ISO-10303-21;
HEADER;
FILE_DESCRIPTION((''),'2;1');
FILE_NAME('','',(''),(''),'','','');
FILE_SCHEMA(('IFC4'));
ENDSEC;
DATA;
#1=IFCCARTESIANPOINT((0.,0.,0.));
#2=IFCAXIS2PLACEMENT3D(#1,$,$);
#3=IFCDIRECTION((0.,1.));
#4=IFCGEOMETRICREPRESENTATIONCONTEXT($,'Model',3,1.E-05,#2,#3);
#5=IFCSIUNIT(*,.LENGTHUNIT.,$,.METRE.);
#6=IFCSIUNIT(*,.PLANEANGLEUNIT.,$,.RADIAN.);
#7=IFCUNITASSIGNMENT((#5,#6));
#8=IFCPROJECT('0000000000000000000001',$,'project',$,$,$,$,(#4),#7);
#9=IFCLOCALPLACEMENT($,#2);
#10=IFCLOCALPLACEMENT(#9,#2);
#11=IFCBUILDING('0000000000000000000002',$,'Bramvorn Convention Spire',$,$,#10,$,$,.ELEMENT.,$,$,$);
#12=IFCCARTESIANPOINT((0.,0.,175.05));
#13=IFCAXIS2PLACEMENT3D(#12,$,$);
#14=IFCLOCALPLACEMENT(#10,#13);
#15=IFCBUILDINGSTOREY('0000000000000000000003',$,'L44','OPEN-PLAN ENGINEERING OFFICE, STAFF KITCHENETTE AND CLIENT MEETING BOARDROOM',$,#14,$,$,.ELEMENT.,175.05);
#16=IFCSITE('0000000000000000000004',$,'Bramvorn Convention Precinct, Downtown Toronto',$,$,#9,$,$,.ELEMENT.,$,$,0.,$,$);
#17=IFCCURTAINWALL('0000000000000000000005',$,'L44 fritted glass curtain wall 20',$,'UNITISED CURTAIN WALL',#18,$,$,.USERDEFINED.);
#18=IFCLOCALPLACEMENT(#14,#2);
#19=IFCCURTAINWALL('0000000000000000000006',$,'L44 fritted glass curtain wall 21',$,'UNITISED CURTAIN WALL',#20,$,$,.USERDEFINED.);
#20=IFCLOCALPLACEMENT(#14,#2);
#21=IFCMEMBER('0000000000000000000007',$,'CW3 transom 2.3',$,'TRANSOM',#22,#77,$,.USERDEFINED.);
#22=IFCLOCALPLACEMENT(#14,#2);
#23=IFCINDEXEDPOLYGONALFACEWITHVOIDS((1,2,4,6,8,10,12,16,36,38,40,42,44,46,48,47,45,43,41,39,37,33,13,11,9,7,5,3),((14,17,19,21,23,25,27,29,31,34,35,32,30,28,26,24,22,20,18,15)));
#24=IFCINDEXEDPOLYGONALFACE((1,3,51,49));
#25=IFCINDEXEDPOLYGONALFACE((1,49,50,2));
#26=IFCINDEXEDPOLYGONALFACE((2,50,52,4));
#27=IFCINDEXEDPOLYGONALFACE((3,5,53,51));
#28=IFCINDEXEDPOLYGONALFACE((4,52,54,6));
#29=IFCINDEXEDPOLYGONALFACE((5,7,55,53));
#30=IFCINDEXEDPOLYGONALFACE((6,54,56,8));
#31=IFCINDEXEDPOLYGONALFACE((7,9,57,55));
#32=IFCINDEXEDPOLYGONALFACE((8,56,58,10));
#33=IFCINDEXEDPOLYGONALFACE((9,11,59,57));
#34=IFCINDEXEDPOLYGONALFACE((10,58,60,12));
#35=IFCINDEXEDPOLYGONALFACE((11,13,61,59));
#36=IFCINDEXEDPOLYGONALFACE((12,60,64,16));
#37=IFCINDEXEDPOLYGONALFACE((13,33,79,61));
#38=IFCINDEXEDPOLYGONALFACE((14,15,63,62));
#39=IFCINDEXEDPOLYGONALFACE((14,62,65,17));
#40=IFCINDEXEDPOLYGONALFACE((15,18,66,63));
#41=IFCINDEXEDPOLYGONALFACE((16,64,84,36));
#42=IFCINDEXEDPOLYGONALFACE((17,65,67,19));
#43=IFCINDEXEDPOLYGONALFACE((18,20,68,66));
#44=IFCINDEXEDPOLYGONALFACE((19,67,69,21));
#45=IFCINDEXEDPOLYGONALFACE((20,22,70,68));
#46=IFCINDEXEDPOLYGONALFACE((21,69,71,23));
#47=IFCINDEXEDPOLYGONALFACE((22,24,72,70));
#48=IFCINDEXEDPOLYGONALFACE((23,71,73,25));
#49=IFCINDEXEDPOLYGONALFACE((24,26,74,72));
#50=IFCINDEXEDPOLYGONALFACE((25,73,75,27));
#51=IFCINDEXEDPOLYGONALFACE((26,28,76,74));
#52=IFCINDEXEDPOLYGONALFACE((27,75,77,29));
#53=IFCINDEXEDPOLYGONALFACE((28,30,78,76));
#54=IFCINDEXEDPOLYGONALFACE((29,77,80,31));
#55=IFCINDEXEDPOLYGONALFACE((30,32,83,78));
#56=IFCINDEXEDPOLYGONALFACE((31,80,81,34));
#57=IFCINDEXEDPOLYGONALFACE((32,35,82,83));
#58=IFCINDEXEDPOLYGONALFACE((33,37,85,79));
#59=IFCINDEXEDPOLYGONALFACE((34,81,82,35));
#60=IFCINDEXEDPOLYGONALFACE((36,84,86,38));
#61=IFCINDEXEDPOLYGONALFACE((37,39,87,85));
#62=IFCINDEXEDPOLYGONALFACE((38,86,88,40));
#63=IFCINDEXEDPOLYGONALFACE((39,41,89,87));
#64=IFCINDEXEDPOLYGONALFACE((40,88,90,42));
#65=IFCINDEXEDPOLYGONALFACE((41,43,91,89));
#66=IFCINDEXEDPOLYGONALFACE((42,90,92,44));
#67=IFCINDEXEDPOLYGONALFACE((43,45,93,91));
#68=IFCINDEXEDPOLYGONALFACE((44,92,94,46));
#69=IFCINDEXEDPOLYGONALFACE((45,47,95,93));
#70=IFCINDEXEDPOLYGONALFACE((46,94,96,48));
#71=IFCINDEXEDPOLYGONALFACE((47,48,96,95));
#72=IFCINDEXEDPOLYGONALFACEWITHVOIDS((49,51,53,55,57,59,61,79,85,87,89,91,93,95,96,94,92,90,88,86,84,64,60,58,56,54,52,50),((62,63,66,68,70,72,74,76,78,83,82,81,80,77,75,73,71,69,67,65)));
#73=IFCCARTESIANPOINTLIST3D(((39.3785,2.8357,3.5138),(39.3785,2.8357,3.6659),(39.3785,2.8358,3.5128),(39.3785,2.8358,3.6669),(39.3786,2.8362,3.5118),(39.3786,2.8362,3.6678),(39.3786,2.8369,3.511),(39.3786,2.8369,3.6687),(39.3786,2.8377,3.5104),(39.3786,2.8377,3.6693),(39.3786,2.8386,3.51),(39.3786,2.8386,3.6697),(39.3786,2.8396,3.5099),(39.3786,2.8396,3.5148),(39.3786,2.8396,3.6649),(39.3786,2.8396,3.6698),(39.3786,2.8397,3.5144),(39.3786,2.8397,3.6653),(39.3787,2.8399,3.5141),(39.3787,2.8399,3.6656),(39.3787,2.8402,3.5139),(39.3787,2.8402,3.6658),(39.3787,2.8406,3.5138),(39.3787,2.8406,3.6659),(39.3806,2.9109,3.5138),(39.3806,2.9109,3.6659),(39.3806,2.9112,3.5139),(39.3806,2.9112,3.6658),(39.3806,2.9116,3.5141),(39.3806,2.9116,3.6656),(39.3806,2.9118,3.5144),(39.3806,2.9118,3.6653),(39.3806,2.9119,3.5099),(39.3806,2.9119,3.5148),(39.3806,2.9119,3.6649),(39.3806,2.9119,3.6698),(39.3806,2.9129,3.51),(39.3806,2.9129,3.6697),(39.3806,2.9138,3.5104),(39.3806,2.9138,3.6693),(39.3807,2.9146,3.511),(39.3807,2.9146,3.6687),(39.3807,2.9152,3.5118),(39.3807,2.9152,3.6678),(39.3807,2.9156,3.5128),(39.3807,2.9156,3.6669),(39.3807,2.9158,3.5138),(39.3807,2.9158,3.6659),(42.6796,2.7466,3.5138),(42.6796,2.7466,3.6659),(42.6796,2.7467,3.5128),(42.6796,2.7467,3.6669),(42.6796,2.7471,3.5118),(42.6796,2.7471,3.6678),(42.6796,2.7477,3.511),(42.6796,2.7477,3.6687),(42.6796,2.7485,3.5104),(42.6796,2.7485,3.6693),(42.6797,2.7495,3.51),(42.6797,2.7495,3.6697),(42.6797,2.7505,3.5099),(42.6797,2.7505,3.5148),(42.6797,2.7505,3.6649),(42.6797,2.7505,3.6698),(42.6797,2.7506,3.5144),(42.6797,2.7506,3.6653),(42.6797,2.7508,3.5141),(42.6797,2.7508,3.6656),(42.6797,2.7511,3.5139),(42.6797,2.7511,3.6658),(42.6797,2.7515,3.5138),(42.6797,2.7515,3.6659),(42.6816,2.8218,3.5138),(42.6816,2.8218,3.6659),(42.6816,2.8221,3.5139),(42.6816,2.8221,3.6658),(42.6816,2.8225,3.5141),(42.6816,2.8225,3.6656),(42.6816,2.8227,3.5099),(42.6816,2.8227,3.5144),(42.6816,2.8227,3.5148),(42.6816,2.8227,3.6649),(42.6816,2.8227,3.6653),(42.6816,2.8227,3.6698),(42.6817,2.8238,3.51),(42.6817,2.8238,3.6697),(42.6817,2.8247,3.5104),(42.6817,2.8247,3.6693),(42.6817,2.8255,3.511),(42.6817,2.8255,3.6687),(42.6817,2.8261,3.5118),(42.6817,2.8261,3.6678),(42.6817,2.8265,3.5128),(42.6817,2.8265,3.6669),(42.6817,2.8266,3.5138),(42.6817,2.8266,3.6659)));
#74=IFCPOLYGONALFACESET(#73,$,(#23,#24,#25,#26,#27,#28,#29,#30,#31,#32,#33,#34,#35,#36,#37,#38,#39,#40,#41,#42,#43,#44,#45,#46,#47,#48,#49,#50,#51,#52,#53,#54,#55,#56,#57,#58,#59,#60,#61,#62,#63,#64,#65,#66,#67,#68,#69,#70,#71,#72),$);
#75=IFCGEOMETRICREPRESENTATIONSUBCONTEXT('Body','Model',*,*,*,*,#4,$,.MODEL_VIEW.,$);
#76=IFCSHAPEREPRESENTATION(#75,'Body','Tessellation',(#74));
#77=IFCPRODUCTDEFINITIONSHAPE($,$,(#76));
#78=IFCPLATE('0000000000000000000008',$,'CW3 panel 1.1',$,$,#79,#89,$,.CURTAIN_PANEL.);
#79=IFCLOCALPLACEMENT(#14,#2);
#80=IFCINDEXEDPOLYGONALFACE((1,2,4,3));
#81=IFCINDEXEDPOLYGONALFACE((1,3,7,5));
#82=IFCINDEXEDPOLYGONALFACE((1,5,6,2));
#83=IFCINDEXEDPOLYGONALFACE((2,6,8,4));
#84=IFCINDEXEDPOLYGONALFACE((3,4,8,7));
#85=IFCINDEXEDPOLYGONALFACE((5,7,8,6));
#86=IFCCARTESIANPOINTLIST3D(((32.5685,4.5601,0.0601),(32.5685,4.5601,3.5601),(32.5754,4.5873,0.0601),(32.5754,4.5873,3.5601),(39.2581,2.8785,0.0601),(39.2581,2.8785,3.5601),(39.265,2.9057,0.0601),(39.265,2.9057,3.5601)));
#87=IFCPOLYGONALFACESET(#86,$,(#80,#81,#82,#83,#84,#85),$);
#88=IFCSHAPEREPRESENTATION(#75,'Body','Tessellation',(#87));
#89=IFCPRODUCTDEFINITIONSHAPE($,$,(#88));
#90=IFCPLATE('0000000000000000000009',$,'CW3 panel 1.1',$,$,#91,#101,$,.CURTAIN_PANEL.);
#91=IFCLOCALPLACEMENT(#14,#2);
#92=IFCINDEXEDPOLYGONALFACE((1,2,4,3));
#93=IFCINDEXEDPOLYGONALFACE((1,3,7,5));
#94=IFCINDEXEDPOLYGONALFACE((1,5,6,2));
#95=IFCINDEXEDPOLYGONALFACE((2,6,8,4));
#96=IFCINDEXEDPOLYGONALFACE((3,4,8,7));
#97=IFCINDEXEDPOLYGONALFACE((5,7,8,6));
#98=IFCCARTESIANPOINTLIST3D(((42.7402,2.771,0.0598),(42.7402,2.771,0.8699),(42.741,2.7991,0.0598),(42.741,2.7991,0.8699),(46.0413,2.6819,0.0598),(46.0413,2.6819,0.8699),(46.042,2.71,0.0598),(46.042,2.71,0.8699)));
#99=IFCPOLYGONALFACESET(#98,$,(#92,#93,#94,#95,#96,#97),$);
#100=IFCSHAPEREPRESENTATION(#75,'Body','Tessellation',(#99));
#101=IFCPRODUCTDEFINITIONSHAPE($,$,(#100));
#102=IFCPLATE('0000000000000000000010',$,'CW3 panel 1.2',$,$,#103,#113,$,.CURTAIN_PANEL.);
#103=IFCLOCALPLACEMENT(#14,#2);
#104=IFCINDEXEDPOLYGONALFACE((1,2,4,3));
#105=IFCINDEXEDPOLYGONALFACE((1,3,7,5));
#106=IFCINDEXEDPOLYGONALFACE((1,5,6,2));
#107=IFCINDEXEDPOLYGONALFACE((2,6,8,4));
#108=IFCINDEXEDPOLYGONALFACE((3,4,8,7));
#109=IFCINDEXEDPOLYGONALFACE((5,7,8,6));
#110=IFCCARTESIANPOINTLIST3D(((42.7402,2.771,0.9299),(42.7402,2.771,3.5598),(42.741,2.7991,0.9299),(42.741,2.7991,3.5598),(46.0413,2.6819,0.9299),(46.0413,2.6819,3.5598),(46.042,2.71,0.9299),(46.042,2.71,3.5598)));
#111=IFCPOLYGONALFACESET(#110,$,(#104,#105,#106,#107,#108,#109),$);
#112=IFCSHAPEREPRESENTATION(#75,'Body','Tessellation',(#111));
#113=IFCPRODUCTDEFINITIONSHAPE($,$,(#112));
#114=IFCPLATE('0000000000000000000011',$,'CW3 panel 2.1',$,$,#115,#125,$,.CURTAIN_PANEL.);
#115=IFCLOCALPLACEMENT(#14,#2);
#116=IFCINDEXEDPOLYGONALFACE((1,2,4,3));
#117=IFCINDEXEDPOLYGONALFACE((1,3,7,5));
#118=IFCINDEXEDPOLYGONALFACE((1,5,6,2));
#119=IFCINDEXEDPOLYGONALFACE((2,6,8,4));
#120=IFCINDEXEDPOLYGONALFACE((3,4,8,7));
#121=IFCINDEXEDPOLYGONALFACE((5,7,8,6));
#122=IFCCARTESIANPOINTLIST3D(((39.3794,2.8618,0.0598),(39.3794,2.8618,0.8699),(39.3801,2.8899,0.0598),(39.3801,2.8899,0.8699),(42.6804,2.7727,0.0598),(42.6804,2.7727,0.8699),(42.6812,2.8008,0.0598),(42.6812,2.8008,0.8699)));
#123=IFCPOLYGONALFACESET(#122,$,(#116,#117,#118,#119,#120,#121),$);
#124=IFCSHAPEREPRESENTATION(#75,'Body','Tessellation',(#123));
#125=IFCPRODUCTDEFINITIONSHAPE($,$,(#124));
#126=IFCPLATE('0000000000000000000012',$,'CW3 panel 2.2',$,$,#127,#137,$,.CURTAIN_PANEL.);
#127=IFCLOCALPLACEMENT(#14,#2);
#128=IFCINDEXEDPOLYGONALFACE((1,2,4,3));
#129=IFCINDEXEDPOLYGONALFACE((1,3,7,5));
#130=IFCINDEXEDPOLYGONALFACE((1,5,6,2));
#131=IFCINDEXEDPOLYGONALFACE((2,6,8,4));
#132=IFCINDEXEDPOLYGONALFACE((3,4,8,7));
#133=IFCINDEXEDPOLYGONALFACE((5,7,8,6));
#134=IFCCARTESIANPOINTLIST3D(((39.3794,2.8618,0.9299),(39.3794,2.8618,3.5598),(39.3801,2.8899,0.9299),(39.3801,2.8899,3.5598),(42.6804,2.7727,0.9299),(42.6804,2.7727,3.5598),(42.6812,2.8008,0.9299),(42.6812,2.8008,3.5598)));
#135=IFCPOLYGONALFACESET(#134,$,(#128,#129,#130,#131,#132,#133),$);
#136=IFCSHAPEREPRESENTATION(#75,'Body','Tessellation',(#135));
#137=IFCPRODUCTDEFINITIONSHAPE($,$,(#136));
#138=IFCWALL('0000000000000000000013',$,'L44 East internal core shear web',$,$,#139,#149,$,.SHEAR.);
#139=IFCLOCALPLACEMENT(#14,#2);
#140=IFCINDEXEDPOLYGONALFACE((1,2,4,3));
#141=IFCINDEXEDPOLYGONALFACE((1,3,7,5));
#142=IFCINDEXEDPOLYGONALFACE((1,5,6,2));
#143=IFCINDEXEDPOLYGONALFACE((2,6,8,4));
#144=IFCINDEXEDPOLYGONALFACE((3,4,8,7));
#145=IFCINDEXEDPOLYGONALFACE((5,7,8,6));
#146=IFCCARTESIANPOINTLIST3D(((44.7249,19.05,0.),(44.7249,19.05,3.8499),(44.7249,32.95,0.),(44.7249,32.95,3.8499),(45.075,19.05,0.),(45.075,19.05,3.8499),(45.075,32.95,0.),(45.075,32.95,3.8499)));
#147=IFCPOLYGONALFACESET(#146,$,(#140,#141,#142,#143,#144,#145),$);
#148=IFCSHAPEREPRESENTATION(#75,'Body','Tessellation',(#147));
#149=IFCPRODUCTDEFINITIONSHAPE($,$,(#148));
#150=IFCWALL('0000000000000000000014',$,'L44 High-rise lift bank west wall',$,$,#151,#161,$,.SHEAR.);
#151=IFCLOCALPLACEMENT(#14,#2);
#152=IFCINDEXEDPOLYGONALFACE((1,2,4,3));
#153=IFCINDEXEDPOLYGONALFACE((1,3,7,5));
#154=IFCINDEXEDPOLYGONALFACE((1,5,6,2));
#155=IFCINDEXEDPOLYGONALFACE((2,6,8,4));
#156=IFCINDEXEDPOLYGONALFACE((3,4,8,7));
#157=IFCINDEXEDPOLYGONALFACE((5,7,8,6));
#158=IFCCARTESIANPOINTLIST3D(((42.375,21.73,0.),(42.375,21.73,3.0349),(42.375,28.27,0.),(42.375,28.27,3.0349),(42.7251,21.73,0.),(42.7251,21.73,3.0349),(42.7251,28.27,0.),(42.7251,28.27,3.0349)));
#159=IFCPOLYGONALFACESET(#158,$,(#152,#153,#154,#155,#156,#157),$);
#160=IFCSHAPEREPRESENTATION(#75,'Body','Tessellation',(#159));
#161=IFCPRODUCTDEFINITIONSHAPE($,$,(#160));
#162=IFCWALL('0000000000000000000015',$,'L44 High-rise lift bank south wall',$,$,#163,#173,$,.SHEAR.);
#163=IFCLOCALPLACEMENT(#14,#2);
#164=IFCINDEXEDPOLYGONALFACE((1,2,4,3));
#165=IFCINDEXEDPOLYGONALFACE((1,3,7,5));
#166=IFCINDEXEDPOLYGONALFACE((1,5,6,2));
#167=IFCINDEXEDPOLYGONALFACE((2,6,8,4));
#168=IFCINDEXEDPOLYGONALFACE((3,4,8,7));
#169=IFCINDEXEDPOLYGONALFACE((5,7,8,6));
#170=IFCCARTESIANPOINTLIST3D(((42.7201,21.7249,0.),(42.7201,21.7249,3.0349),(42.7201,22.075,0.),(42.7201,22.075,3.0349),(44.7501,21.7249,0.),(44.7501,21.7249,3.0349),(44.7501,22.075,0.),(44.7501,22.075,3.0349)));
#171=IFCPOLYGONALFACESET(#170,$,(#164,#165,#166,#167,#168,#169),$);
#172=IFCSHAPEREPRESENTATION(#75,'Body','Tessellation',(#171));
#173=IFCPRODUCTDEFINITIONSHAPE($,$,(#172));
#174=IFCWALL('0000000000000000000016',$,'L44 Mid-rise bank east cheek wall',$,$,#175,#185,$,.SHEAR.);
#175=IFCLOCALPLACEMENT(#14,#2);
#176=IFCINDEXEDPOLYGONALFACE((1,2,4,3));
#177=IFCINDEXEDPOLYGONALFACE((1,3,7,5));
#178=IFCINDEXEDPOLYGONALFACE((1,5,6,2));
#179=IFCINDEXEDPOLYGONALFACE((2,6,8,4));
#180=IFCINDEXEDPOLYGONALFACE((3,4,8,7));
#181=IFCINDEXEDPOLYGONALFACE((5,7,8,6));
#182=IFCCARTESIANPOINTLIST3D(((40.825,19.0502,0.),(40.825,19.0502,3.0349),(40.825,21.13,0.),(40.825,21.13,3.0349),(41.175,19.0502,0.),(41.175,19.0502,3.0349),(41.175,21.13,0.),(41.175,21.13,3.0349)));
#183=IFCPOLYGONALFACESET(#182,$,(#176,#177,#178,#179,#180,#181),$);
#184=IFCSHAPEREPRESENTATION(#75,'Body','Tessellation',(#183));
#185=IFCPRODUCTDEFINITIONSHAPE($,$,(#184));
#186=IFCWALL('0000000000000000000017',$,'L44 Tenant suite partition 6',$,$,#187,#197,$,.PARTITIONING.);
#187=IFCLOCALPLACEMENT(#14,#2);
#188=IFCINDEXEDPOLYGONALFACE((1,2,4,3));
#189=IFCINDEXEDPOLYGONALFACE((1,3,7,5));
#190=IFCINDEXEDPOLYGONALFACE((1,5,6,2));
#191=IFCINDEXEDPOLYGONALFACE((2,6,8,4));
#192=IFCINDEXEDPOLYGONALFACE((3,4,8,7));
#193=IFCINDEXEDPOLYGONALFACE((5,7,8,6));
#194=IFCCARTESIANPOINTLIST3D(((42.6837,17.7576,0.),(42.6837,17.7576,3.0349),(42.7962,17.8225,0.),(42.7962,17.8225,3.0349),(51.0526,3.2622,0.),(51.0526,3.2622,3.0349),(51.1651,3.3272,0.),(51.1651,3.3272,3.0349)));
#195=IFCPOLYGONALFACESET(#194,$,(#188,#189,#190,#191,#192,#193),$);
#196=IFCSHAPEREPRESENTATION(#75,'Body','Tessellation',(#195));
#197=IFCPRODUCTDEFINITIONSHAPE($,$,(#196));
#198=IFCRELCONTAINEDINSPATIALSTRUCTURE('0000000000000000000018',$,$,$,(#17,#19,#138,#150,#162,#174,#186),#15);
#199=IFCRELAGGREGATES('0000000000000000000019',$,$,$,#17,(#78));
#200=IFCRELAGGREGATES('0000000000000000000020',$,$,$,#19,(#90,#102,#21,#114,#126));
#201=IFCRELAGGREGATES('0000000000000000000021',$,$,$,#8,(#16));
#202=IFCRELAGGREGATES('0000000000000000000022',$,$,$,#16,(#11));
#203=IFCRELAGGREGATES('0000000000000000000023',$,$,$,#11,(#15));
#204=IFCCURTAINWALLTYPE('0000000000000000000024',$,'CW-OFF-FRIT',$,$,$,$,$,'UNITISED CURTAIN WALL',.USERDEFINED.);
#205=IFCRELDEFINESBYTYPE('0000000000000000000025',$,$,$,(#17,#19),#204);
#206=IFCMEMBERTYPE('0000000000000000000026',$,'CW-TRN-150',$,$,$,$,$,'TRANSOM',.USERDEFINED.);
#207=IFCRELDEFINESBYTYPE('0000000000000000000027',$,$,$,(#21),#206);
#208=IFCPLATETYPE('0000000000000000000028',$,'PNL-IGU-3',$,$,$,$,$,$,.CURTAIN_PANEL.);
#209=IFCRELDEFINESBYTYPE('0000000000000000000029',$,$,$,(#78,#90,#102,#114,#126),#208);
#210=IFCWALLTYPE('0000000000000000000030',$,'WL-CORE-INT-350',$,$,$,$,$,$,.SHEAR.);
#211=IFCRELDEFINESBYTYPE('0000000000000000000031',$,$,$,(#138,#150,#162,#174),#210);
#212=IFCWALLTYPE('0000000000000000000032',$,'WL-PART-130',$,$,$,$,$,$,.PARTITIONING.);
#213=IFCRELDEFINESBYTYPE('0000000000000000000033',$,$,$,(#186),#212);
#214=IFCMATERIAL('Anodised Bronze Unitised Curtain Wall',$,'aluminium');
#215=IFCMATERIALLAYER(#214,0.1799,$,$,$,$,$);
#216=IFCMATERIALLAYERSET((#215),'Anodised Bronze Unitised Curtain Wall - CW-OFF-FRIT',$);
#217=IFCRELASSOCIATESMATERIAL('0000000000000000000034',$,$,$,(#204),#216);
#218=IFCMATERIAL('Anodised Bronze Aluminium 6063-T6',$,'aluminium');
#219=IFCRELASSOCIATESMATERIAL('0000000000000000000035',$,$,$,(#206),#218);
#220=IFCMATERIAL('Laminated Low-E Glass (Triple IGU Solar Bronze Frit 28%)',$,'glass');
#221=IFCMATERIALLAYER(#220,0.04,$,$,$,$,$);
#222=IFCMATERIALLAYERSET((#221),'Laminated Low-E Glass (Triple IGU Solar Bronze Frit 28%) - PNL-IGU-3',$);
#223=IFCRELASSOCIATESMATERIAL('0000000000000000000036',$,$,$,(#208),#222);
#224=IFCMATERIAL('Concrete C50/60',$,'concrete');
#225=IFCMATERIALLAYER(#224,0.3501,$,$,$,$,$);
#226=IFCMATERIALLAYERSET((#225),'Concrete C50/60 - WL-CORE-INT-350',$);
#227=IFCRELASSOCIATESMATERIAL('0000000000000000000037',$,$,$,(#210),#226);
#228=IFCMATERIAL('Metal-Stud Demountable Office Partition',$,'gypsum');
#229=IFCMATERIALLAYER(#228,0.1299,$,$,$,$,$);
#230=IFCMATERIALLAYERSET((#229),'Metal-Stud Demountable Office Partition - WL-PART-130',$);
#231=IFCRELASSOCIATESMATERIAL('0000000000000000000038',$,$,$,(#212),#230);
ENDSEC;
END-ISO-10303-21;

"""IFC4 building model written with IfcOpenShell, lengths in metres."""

from ifc_helpers import new_model, si_unit, direction, frame, frame_2d, origin, origin_2d, place, context, subcontext, project, spatial, rectangle, hollow_rectangle, extrude, material, layer, layer_set, material_profile, profile_set, type_object, element, aggregate, save


model = new_model("IFC4")

# Units and contexts
model_context = context("Model", 3, precision=1e-05, world=origin(), true_north=direction((0.0, 1.0)))
body_context = subcontext(model_context, "Body", "Model", "MODEL_VIEW")
ifc_project = project(units=[si_unit("LENGTHUNIT", "METRE"), si_unit("PLANEANGLEUNIT", "RADIAN")], contexts=[model_context])

# Site, building, storey
site_placement = place(None, origin())
site = spatial("IfcSite", under=ifc_project, at=site_placement, Name="Bramvorn Convention Precinct, Downtown Toronto", CompositionType="ELEMENT", RefElevation=0.0)
building_placement = place(site_placement, origin())
building = spatial("IfcBuilding", under=site, at=building_placement, Name="Bramvorn Convention Spire", CompositionType="ELEMENT")
storey_placement = place(building_placement, frame((0.0, 0.0, 175.05)))
storey = spatial("IfcBuildingStorey", under=building, at=storey_placement, Name="L44", Description="OPEN-PLAN ENGINEERING OFFICE, STAFF KITCHENETTE AND CLIENT MEETING BOARDROOM", CompositionType="ELEMENT", Elevation=175.05)

# Curtain wall
ifc_material_1 = material(Name="Anodised Bronze Unitised Curtain Wall", Category="aluminium")
ifc_layer_1 = layer(ifc_material_1, 0.1799)
ifc_layer_set_1 = layer_set([ifc_layer_1], Name="Anodised Bronze Unitised Curtain Wall - CW-OFF-FRIT")
curtain_wall_type = type_object("IfcCurtainWallType", Name="CW-OFF-FRIT", ElementType="UNITISED CURTAIN WALL", PredefinedType="USERDEFINED", material=ifc_layer_set_1)
curtain_wall_1_placement = place(storey_placement, origin())
curtain_wall_1 = element("IfcCurtainWall", 1, at=curtain_wall_1_placement, inside=storey, type_object=curtain_wall_type, Name="L44 fritted glass curtain wall 20", ObjectType="UNITISED CURTAIN WALL", PredefinedType="USERDEFINED")
ifc_material_2 = material(Name="Anodised Bronze Aluminium 6063-T6", Category="aluminium")

# Curtain wall
curtain_wall_2_placement = place(storey_placement, origin())
curtain_wall_2 = element("IfcCurtainWall", 2, at=curtain_wall_2_placement, inside=storey, type_object=curtain_wall_type, Name="L44 fritted glass curtain wall 21", ObjectType="UNITISED CURTAIN WALL", PredefinedType="USERDEFINED")

# Member
ifc_material_profile_1 = material_profile(ifc_material_2, hollow_rectangle(XDim=0.0801, YDim=0.1599, WallThickness=0.0039, InnerFilletRadius=0.001, OuterFilletRadius=0.0039, at=origin_2d()))
ifc_profile_set_1 = profile_set([ifc_material_profile_1], Name="Anodised Bronze Aluminium 6063-T6 - CWT80X160")
member_type_1 = type_object("IfcMemberType", Name="CW-TRN-150", ElementType="TRANSOM", PredefinedType="USERDEFINED", material=ifc_profile_set_1)
member_1_placement = place(storey_placement, frame((42.6807, 2.7866, 3.5898), z_axis=(-0.999636, 0.026985, 0.0), x_axis=(-0.026985, -0.999636, 0.0)))
member_1 = element("IfcMember", 3, at=member_1_placement, type_object=member_type_1, Name="CW3 transom 2.3", ObjectType="TRANSOM", PredefinedType="USERDEFINED", context=body_context, shape_type="SweptSolid", body=[
    extrude(hollow_rectangle(XDim=0.0801, YDim=0.1599, WallThickness=0.0039, InnerFilletRadius=0.001, OuterFilletRadius=0.0039, at=origin_2d()), origin(), (0.0, 0.0, 1.0), 3.3022),
])

# Plates
ifc_material_3 = material(Name="Laminated Low-E Glass (Triple IGU Solar Bronze Frit 28%)", Category="glass")
ifc_layer_2 = layer(ifc_material_3, 0.04)
ifc_layer_set_2 = layer_set([ifc_layer_2], Name="Laminated Low-E Glass (Triple IGU Solar Bronze Frit 28%) - PNL-IGU-3")
plate_type = type_object("IfcPlateType", Name="PNL-IGU-3", PredefinedType="CURTAIN_PANEL", material=ifc_layer_set_2)
plate_1_placement = place(storey_placement, frame((35.9167, 3.7329, 0.0601), z_axis=(0.0, 0.0, 1.0), x_axis=(-0.969829, 0.243786, 0.0)))
plate_1 = element("IfcPlate", 4, at=plate_1_placement, type_object=plate_type, Name="CW3 panel 1.1", PredefinedType="CURTAIN_PANEL", context=body_context, shape_type="SweptSolid", body=[
    extrude(rectangle(XDim=6.8977, YDim=0.0281, at=origin_2d()), origin(), (0.0, 0.0, 1.0), 3.5),
])
aggregate(curtain_wall_1, [plate_1])
plate_2_placement = place(storey_placement, frame((44.3911, 2.7405, 0.0598), z_axis=(0.0, 0.0, 1.0), x_axis=(-0.999636, 0.026988, 0.0)))
plate_2 = element("IfcPlate", 5, at=plate_2_placement, type_object=plate_type, Name="CW3 panel 1.1", PredefinedType="CURTAIN_PANEL", context=body_context, shape_type="SweptSolid", body=[
    extrude(rectangle(XDim=3.3022, YDim=0.0281, at=origin_2d()), origin(), (0.0, 0.0, 1.0), 0.8101),
])
plate_3_placement = place(storey_placement, frame((44.3911, 2.7405, 0.9299), z_axis=(0.0, 0.0, 1.0), x_axis=(-0.999636, 0.026988, 0.0)))
plate_3 = element("IfcPlate", 6, at=plate_3_placement, type_object=plate_type, Name="CW3 panel 1.2", PredefinedType="CURTAIN_PANEL", context=body_context, shape_type="SweptSolid", body=[
    extrude(rectangle(XDim=3.3022, YDim=0.0281, at=origin_2d()), origin(), (0.0, 0.0, 1.0), 2.6299),
])
plate_4_placement = place(storey_placement, frame((41.0303, 2.8313, 0.0598), z_axis=(0.0, 0.0, 1.0), x_axis=(-0.999636, 0.026988, 0.0)))
plate_4 = element("IfcPlate", 7, at=plate_4_placement, type_object=plate_type, Name="CW3 panel 2.1", PredefinedType="CURTAIN_PANEL", context=body_context, shape_type="SweptSolid", body=[
    extrude(rectangle(XDim=3.3022, YDim=0.0281, at=origin_2d()), origin(), (0.0, 0.0, 1.0), 0.8101),
])
plate_5_placement = place(storey_placement, frame((41.0303, 2.8313, 0.9299), z_axis=(0.0, 0.0, 1.0), x_axis=(-0.999636, 0.026988, 0.0)))
plate_5 = element("IfcPlate", 8, at=plate_5_placement, type_object=plate_type, Name="CW3 panel 2.2", PredefinedType="CURTAIN_PANEL", context=body_context, shape_type="SweptSolid", body=[
    extrude(rectangle(XDim=3.3022, YDim=0.0281, at=origin_2d()), origin(), (0.0, 0.0, 1.0), 2.6299),
])
aggregate(curtain_wall_2, [plate_2, plate_3, member_1, plate_4, plate_5])

# Walls
ifc_material_4 = material(Name="Concrete C50/60", Category="concrete")
ifc_layer_3 = layer(ifc_material_4, 0.3501)
ifc_layer_set_3 = layer_set([ifc_layer_3], Name="Concrete C50/60 - WL-CORE-INT-350")
wall_type_1 = type_object("IfcWallType", Name="WL-CORE-INT-350", PredefinedType="SHEAR", material=ifc_layer_set_3)
wall_1_placement = place(storey_placement, frame((44.8999, 19.05, 0.0), z_axis=(0.0, 0.0, 1.0), x_axis=(0.0, 1.0, 0.0)))
element("IfcWall", 9, at=wall_1_placement, inside=storey, type_object=wall_type_1, Name="L44 East internal core shear web", PredefinedType="SHEAR", context=body_context, shape_type="SweptSolid", body=[
    extrude(rectangle(XDim=13.8999, YDim=0.3501, at=frame_2d((6.95, 0.0))), origin(), (0.0, 0.0, 1.0), 3.8499),
])
wall_2_placement = place(storey_placement, frame((42.55, 21.73, 0.0), z_axis=(0.0, 0.0, 1.0), x_axis=(0.0, 1.0, 0.0)))
element("IfcWall", 10, at=wall_2_placement, inside=storey, type_object=wall_type_1, Name="L44 High-rise lift bank west wall", PredefinedType="SHEAR", context=body_context, shape_type="SweptSolid", body=[
    extrude(rectangle(XDim=6.54, YDim=0.3501, at=frame_2d((3.27, 0.0))), origin(), (0.0, 0.0, 1.0), 3.0349),
])
wall_3_placement = place(storey_placement, frame((42.72, 21.8999, 0.0), z_axis=(0.0, 0.0, 1.0), x_axis=(1.0, 0.0, 0.0)))
element("IfcWall", 11, at=wall_3_placement, inside=storey, type_object=wall_type_1, Name="L44 High-rise lift bank south wall", PredefinedType="SHEAR", context=body_context, shape_type="SweptSolid", body=[
    extrude(rectangle(XDim=2.03, YDim=0.3501, at=frame_2d((1.0151, 0.0))), origin(), (0.0, 0.0, 1.0), 3.0349),
])
wall_4_placement = place(storey_placement, frame((41.0, 19.05, 0.0), z_axis=(0.0, 0.0, 1.0), x_axis=(0.0, 1.0, 0.0)))
element("IfcWall", 12, at=wall_4_placement, inside=storey, type_object=wall_type_1, Name="L44 Mid-rise bank east cheek wall", PredefinedType="SHEAR", context=body_context, shape_type="SweptSolid", body=[
    extrude(rectangle(XDim=2.0798, YDim=0.3501, at=frame_2d((1.04, 0.0))), origin(), (0.0, 0.0, 1.0), 3.0349),
])
ifc_material_5 = material(Name="Metal-Stud Demountable Office Partition", Category="gypsum")
ifc_layer_4 = layer(ifc_material_5, 0.1299)
ifc_layer_set_4 = layer_set([ifc_layer_4], Name="Metal-Stud Demountable Office Partition - WL-PART-130")
wall_type_2 = type_object("IfcWallType", Name="WL-PART-130", PredefinedType="PARTITIONING", material=ifc_layer_set_4)
wall_5_placement = place(storey_placement, frame((42.74, 17.79, 0.0), z_axis=(0.0, 0.0, 1.0), x_axis=(0.5, -0.866026, 0.0)))
element("IfcWall", 13, at=wall_5_placement, inside=storey, type_object=wall_type_2, Name="L44 Tenant suite partition 6", PredefinedType="PARTITIONING", context=body_context, shape_type="SweptSolid", body=[
    extrude(rectangle(XDim=16.7378, YDim=0.1299, at=frame_2d((8.3689, 0.0))), origin(), (0.0, 0.0, 1.0), 3.0349),
])

save(model, "model.ifc")
